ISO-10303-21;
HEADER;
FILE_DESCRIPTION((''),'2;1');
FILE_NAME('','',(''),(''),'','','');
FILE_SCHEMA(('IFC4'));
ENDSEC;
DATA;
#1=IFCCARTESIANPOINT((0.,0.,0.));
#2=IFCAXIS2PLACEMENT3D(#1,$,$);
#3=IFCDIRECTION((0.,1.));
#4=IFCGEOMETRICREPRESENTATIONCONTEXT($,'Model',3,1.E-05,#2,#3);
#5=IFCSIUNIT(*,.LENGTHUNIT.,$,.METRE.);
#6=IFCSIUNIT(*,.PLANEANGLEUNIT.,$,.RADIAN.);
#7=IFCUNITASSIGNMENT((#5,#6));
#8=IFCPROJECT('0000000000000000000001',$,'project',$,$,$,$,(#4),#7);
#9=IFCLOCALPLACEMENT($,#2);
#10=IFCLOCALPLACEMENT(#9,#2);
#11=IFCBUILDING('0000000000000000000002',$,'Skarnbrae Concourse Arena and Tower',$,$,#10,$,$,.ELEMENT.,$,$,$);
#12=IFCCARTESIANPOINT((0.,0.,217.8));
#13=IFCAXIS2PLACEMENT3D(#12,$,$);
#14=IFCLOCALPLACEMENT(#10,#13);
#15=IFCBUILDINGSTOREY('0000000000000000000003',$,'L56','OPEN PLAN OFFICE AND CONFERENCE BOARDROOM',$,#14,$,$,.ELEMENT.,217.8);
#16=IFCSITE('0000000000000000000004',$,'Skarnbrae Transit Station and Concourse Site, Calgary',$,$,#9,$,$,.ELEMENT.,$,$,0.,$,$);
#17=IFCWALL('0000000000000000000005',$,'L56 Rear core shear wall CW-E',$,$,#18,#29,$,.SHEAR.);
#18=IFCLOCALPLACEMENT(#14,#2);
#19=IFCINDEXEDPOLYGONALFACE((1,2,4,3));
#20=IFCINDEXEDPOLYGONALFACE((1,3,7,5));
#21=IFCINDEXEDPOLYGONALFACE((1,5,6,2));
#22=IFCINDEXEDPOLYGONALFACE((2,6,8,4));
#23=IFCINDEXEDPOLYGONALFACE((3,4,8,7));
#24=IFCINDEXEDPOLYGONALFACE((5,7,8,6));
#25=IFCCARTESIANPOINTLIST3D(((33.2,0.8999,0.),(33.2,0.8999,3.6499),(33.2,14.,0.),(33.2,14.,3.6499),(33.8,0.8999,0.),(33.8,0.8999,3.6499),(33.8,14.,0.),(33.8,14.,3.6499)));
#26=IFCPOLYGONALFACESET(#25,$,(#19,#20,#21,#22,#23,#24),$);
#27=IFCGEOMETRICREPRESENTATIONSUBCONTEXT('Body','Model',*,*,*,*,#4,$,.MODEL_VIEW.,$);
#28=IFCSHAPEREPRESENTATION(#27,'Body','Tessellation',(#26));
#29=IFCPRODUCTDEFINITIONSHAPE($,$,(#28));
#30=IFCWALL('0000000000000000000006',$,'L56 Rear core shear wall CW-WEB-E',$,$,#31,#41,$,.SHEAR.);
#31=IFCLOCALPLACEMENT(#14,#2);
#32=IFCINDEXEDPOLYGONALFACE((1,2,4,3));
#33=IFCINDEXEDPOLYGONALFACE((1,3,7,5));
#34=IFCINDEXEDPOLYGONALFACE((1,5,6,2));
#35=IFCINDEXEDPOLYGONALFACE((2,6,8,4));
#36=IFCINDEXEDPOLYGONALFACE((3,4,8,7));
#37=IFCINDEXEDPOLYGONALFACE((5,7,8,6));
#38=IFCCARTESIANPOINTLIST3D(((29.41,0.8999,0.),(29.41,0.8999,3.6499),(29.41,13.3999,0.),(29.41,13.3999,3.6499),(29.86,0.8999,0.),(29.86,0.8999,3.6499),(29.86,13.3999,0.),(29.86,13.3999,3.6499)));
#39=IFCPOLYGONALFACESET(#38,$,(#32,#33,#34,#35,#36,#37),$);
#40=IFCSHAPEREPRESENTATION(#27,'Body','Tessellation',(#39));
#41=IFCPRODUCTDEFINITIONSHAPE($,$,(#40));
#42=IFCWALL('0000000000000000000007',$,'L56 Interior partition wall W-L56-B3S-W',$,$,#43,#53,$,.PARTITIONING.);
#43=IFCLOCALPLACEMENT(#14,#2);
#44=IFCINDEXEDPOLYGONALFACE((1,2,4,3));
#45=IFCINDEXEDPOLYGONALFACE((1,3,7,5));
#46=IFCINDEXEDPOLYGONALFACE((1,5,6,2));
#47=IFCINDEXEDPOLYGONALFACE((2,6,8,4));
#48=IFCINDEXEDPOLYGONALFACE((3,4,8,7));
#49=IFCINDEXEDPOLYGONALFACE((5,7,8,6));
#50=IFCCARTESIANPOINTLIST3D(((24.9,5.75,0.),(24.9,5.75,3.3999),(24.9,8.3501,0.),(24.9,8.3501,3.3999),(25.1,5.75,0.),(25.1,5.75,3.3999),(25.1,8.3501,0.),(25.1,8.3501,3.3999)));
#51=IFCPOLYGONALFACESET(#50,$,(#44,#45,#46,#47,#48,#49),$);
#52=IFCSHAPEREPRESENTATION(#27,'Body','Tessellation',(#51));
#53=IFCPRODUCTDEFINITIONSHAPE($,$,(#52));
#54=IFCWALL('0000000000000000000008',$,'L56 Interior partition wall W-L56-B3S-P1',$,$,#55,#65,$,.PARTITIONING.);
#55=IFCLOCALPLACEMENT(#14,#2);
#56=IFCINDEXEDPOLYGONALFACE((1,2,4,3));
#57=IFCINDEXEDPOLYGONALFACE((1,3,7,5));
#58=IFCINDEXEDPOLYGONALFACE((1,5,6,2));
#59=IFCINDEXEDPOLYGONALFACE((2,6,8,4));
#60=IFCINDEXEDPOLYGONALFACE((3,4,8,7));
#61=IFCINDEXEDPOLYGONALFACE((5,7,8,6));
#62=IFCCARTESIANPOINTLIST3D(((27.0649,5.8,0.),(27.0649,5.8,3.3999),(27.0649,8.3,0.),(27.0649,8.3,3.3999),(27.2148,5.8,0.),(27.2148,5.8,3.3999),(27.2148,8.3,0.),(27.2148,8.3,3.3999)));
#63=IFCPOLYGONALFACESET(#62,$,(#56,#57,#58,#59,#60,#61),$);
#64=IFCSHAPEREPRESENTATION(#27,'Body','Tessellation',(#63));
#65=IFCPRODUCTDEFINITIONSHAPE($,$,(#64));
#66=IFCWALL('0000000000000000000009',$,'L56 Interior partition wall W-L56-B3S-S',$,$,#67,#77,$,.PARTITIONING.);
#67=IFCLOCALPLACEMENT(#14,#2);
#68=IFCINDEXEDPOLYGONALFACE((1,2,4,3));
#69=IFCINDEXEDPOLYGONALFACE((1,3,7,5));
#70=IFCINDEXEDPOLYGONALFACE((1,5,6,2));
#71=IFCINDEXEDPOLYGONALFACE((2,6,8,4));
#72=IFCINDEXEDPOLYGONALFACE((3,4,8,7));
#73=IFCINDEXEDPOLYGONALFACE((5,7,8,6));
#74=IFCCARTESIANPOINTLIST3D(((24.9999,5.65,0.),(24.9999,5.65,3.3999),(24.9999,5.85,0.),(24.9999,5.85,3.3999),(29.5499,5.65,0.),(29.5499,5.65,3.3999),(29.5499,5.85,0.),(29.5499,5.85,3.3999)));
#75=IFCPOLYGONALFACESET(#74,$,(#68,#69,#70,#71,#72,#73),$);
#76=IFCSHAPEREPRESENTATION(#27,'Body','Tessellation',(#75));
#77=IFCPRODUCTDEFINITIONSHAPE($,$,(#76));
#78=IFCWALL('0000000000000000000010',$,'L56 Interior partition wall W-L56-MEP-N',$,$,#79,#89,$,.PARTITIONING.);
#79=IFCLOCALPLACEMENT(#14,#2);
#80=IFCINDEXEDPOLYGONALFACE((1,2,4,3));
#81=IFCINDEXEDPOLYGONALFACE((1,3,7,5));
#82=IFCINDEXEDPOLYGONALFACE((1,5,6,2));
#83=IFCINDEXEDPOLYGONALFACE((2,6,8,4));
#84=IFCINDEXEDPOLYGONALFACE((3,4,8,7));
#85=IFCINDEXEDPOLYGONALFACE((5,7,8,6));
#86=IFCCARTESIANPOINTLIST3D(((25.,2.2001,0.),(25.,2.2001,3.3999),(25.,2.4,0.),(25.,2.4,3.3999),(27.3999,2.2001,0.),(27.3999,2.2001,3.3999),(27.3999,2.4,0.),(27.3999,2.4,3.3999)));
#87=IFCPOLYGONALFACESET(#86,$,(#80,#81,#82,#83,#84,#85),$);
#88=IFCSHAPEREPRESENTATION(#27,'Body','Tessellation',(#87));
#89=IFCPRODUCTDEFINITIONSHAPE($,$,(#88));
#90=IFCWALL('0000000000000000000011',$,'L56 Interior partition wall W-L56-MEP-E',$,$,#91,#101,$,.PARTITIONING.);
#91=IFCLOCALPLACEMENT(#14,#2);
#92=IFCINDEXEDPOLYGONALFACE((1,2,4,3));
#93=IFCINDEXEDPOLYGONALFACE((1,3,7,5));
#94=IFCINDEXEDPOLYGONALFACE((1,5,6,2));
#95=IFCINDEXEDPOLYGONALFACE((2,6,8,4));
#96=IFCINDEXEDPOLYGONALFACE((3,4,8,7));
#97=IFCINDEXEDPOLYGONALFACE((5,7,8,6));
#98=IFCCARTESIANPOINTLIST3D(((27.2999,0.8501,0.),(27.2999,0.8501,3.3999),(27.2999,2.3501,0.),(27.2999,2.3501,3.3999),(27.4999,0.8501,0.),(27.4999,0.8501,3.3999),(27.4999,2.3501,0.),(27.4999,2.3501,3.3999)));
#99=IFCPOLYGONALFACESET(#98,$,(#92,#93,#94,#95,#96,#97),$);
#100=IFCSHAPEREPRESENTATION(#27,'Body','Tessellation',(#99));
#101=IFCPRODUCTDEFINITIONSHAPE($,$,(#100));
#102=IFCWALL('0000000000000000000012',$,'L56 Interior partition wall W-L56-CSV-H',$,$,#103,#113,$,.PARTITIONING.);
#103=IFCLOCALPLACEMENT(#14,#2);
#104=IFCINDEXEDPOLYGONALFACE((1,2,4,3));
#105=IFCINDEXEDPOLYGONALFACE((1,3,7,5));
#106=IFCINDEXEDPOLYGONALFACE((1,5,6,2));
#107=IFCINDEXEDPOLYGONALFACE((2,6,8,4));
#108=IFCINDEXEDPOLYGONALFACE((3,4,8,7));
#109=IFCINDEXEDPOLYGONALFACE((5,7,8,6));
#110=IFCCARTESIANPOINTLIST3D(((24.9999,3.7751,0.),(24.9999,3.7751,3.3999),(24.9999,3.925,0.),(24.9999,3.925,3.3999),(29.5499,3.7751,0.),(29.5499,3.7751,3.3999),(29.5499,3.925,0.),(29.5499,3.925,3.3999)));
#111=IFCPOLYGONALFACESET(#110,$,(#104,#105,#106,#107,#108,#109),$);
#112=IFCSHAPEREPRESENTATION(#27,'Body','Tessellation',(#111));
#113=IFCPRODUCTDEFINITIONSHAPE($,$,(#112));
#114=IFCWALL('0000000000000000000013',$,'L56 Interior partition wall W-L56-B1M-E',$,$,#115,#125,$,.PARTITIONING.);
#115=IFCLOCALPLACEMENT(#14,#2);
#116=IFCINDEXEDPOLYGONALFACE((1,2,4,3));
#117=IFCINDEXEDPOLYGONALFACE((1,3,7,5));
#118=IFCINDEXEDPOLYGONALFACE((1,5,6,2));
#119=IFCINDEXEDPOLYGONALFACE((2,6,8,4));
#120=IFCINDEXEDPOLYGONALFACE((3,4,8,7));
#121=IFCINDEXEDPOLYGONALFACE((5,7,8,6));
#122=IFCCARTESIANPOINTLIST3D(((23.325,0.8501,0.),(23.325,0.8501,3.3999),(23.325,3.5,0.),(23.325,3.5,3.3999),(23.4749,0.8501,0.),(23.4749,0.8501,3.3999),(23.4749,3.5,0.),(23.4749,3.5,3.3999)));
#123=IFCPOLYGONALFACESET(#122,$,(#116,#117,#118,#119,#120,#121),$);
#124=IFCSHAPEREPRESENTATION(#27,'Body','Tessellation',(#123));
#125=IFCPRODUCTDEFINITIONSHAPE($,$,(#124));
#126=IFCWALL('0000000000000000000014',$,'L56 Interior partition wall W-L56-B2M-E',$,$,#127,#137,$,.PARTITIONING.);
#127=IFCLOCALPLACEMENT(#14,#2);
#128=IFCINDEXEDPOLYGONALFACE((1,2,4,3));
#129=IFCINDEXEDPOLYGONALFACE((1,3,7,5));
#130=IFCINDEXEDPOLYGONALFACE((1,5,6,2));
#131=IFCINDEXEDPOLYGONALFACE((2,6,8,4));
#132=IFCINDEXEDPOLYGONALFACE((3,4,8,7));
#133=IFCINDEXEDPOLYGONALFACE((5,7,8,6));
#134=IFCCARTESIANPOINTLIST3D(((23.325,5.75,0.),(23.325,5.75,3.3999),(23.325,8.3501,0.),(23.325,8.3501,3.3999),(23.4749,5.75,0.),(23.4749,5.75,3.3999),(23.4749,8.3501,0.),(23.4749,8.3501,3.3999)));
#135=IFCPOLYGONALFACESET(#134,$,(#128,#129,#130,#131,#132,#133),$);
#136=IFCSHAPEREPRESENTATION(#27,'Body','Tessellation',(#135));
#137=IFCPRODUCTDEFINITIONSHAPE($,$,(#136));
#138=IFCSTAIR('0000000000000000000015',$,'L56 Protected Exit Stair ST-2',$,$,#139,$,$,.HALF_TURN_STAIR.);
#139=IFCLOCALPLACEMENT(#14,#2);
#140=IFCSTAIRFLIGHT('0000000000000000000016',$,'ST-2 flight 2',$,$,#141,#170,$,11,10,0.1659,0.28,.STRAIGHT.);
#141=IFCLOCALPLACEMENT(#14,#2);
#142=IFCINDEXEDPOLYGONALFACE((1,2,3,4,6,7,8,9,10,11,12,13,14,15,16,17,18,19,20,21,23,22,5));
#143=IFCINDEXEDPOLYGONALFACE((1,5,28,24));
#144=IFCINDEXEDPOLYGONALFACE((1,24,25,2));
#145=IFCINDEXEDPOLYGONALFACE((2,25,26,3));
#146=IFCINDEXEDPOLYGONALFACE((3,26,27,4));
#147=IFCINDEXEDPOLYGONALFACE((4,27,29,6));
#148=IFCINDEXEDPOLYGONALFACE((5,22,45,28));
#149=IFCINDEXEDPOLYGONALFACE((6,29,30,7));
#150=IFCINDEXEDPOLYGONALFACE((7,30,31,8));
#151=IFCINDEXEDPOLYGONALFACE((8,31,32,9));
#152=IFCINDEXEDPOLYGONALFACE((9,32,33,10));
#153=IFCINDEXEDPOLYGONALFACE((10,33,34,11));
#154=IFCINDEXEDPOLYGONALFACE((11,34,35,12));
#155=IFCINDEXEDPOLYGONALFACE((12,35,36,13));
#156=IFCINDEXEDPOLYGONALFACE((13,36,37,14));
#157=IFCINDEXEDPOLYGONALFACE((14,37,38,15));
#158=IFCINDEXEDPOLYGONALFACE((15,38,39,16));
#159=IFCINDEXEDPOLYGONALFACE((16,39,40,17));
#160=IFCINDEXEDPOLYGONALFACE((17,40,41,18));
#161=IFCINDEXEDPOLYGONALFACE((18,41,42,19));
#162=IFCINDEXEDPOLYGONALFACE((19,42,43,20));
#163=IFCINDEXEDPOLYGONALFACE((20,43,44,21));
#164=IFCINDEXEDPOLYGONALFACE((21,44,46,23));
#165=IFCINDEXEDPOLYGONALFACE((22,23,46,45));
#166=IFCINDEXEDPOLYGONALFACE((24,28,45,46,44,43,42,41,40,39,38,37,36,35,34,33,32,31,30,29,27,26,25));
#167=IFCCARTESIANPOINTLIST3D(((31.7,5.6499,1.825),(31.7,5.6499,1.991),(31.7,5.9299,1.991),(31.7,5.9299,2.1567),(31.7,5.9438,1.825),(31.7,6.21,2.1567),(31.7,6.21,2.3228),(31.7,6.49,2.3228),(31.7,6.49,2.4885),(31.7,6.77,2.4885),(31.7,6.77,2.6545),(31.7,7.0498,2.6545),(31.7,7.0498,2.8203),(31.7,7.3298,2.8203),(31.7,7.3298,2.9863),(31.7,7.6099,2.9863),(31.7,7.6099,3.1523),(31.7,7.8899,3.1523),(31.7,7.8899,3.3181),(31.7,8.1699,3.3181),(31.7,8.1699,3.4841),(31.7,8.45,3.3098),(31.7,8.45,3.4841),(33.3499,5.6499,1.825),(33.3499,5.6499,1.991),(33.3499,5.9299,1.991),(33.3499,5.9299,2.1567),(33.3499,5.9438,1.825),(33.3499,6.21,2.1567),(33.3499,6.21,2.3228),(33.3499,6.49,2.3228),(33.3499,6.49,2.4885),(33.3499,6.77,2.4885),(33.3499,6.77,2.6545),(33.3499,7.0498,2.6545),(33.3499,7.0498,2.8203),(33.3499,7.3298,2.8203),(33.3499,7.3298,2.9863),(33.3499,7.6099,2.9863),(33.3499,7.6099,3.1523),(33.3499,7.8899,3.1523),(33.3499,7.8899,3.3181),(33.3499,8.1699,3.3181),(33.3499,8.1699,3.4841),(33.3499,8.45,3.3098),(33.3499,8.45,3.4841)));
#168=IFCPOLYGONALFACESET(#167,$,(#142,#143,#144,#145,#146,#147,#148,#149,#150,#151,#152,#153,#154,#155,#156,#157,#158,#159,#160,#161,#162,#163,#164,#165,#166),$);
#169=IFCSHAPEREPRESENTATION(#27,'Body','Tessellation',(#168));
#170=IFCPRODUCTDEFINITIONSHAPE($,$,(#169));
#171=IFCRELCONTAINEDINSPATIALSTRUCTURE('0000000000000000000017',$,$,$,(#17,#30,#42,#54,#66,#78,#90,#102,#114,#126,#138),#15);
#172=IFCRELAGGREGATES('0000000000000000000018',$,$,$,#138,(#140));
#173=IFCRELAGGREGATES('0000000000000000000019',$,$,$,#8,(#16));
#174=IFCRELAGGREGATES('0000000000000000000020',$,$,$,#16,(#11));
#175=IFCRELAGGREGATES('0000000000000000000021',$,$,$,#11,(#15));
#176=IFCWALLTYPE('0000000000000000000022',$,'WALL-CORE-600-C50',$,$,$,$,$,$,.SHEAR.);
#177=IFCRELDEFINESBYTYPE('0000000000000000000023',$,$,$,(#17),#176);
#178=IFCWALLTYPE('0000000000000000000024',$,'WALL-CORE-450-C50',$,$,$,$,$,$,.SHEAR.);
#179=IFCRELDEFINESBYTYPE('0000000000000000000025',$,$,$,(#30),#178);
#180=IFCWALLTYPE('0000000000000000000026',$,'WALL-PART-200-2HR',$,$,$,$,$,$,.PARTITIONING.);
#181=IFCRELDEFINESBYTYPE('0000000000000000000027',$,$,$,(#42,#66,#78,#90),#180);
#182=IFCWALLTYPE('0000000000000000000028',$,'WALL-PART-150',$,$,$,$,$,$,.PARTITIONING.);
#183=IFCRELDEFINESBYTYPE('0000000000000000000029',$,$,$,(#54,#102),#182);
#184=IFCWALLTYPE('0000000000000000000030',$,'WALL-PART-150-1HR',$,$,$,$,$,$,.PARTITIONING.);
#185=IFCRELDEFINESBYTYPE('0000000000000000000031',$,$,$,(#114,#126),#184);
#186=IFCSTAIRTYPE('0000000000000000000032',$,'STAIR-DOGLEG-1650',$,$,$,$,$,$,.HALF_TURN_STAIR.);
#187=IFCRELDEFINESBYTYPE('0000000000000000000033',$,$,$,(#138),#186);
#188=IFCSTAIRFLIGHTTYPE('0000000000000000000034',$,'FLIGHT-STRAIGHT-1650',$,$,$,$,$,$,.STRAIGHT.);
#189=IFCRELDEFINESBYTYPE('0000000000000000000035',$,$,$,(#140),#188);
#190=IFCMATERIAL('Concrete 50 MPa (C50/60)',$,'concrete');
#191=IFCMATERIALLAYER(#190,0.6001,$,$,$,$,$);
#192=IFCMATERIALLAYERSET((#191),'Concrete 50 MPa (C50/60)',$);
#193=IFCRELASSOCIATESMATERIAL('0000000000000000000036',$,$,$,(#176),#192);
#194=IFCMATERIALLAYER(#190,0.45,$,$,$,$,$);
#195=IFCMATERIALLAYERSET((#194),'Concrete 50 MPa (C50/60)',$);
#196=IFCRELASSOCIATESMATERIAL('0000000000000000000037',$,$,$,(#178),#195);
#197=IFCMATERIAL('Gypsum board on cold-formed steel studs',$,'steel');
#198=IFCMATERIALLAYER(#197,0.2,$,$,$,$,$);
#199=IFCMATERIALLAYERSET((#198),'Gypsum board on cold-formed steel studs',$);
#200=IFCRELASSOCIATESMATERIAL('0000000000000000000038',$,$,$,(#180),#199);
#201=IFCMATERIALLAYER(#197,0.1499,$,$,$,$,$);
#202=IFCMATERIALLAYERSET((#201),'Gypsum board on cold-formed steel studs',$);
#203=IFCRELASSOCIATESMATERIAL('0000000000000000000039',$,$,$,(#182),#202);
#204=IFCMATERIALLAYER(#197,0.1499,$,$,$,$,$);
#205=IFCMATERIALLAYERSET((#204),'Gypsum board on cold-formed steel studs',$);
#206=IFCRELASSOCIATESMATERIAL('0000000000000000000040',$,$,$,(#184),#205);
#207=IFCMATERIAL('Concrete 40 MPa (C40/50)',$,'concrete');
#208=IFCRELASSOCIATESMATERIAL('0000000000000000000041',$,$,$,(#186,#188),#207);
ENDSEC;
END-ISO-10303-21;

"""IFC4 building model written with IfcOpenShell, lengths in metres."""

from ifc_helpers import new_model, si_unit, direction, frame, frame_2d, origin, place, context, subcontext, project, spatial, polyline, rectangle, outline, extrude, source, transform, mapped, material, layer, layer_set, type_object, element, aggregate, save


model = new_model("IFC4")

# Units and contexts
model_context = context("Model", 3, precision=1e-05, world=origin(), true_north=direction((0.0, 1.0)))
body_context = subcontext(model_context, "Body", "Model", "MODEL_VIEW")
ifc_project = project(units=[si_unit("LENGTHUNIT", "METRE"), si_unit("PLANEANGLEUNIT", "RADIAN")], contexts=[model_context])

# Site, building, storey
site_placement = place(None, origin())
site = spatial("IfcSite", under=ifc_project, at=site_placement, Name="Skarnbrae Transit Station and Concourse Site, Calgary", CompositionType="ELEMENT", RefElevation=0.0)
building_placement = place(site_placement, origin())
building = spatial("IfcBuilding", under=site, at=building_placement, Name="Skarnbrae Concourse Arena and Tower", CompositionType="ELEMENT")
storey_placement = place(building_placement, frame((0.0, 0.0, 217.8)))
storey = spatial("IfcBuildingStorey", under=building, at=storey_placement, Name="L56", Description="OPEN PLAN OFFICE AND CONFERENCE BOARDROOM", CompositionType="ELEMENT", Elevation=217.8)

# Walls
ifc_material_1 = material(Name="Concrete 50 MPa (C50/60)", Category="concrete")
ifc_layer_1 = layer(ifc_material_1, 0.6001)
ifc_layer_set_1 = layer_set([ifc_layer_1], Name="Concrete 50 MPa (C50/60)")
wall_type_1 = type_object("IfcWallType", Name="WALL-CORE-600-C50", PredefinedType="SHEAR", material=ifc_layer_set_1)
shared_shape_1 = source(origin(), body_context, "Body", "SweptSolid", [
    extrude(rectangle(XDim=13.1001, YDim=0.6001, at=frame_2d((6.55, 0.0))), origin(), (0.0, 0.0, 1.0), 3.6499),
])
wall_1_placement = place(storey_placement, frame((33.5, 0.8999, 0.0), z_axis=(0.0, 0.0, 1.0), x_axis=(0.0, 1.0, 0.0)))
element("IfcWall", 1, at=wall_1_placement, inside=storey, type_object=wall_type_1, Name="L56 Rear core shear wall CW-E", PredefinedType="SHEAR", context=body_context, shape_type="MappedRepresentation", body=[
    mapped(shared_shape_1, transform((0.0, 0.0, 0.0))),
])
ifc_layer_2 = layer(ifc_material_1, 0.45)
ifc_layer_set_2 = layer_set([ifc_layer_2], Name="Concrete 50 MPa (C50/60)")
wall_type_2 = type_object("IfcWallType", Name="WALL-CORE-450-C50", PredefinedType="SHEAR", material=ifc_layer_set_2)
shared_shape_2 = source(origin(), body_context, "Body", "SweptSolid", [
    extrude(rectangle(XDim=12.5, YDim=0.45, at=frame_2d((6.25, 0.0))), origin(), (0.0, 0.0, 1.0), 3.6499),
])
wall_2_placement = place(storey_placement, frame((29.635, 0.8999, 0.0), z_axis=(0.0, 0.0, 1.0), x_axis=(0.0, 1.0, 0.0)))
element("IfcWall", 2, at=wall_2_placement, inside=storey, type_object=wall_type_2, Name="L56 Rear core shear wall CW-WEB-E", PredefinedType="SHEAR", context=body_context, shape_type="MappedRepresentation", body=[
    mapped(shared_shape_2, transform((0.0, 0.0, 0.0))),
])
ifc_material_2 = material(Name="Gypsum board on cold-formed steel studs", Category="steel")
ifc_layer_3 = layer(ifc_material_2, 0.2)
ifc_layer_set_3 = layer_set([ifc_layer_3], Name="Gypsum board on cold-formed steel studs")
wall_type_3 = type_object("IfcWallType", Name="WALL-PART-200-2HR", PredefinedType="PARTITIONING", material=ifc_layer_set_3)
shared_shape_3 = source(origin(), body_context, "Body", "SweptSolid", [
    extrude(rectangle(XDim=2.6001, YDim=0.2, at=frame_2d((1.3, 0.0))), origin(), (0.0, 0.0, 1.0), 3.3999),
])
wall_3_placement = place(storey_placement, frame((25.0, 5.75, 0.0), z_axis=(0.0, 0.0, 1.0), x_axis=(0.0, 1.0, 0.0)))
element("IfcWall", 3, at=wall_3_placement, inside=storey, type_object=wall_type_3, Name="L56 Interior partition wall W-L56-B3S-W", PredefinedType="PARTITIONING", context=body_context, shape_type="MappedRepresentation", body=[
    mapped(shared_shape_3, transform((0.0, 0.0, 0.0))),
])
ifc_layer_4 = layer(ifc_material_2, 0.1499)
ifc_layer_set_4 = layer_set([ifc_layer_4], Name="Gypsum board on cold-formed steel studs")
wall_type_4 = type_object("IfcWallType", Name="WALL-PART-150", PredefinedType="PARTITIONING", material=ifc_layer_set_4)
shared_shape_4 = source(origin(), body_context, "Body", "SweptSolid", [
    extrude(rectangle(XDim=2.5, YDim=0.1499, at=frame_2d((1.25, 0.0))), origin(), (0.0, 0.0, 1.0), 3.3999),
])
wall_4_placement = place(storey_placement, frame((27.1399, 5.8, 0.0), z_axis=(0.0, 0.0, 1.0), x_axis=(0.0, 1.0, 0.0)))
element("IfcWall", 4, at=wall_4_placement, inside=storey, type_object=wall_type_4, Name="L56 Interior partition wall W-L56-B3S-P1", PredefinedType="PARTITIONING", context=body_context, shape_type="MappedRepresentation", body=[
    mapped(shared_shape_4, transform((0.0, 0.0, 0.0))),
])

# Shared definitions
shared_shape_5 = source(origin(), body_context, "Body", "SweptSolid", [
    extrude(rectangle(XDim=4.55, YDim=0.2, at=frame_2d((2.2749, 0.0))), origin(), (0.0, 0.0, 1.0), 3.3999),
])

# Wall
wall_5_placement = place(storey_placement, frame((25.0, 5.75, 0.0), z_axis=(0.0, 0.0, 1.0), x_axis=(1.0, 0.0, 0.0)))
element("IfcWall", 5, at=wall_5_placement, inside=storey, type_object=wall_type_3, Name="L56 Interior partition wall W-L56-B3S-S", PredefinedType="PARTITIONING", context=body_context, shape_type="MappedRepresentation", body=[
    mapped(shared_shape_5, transform((0.0, 0.0, 0.0))),
])

# Shared definitions
ifc_layer_5 = layer(ifc_material_2, 0.1499)
ifc_layer_set_5 = layer_set([ifc_layer_5], Name="Gypsum board on cold-formed steel studs")
wall_type_5 = type_object("IfcWallType", Name="WALL-PART-150-1HR", PredefinedType="PARTITIONING", material=ifc_layer_set_5)

# Walls
shared_shape_6 = source(origin(), body_context, "Body", "SweptSolid", [
    extrude(rectangle(XDim=2.3999, YDim=0.2, at=frame_2d((1.2, 0.0))), origin(), (0.0, 0.0, 1.0), 3.3999),
])
wall_6_placement = place(storey_placement, frame((25.0, 2.3, 0.0), z_axis=(0.0, 0.0, 1.0), x_axis=(1.0, 0.0, 0.0)))
element("IfcWall", 6, at=wall_6_placement, inside=storey, type_object=wall_type_3, Name="L56 Interior partition wall W-L56-MEP-N", PredefinedType="PARTITIONING", context=body_context, shape_type="MappedRepresentation", body=[
    mapped(shared_shape_6, transform((0.0, 0.0, 0.0))),
])
shared_shape_7 = source(origin(), body_context, "Body", "SweptSolid", [
    extrude(rectangle(XDim=1.5, YDim=0.2, at=frame_2d((0.75, 0.0))), origin(), (0.0, 0.0, 1.0), 3.3999),
])
wall_7_placement = place(storey_placement, frame((27.3999, 0.8501, 0.0), z_axis=(0.0, 0.0, 1.0), x_axis=(0.0, 1.0, 0.0)))
element("IfcWall", 7, at=wall_7_placement, inside=storey, type_object=wall_type_3, Name="L56 Interior partition wall W-L56-MEP-E", PredefinedType="PARTITIONING", context=body_context, shape_type="MappedRepresentation", body=[
    mapped(shared_shape_7, transform((0.0, 0.0, 0.0))),
])
shared_shape_8 = source(origin(), body_context, "Body", "SweptSolid", [
    extrude(rectangle(XDim=4.55, YDim=0.1499, at=frame_2d((2.2749, 0.0))), origin(), (0.0, 0.0, 1.0), 3.3999),
])
wall_8_placement = place(storey_placement, frame((25.0, 3.8501, 0.0), z_axis=(0.0, 0.0, 1.0), x_axis=(1.0, 0.0, 0.0)))
element("IfcWall", 8, at=wall_8_placement, inside=storey, type_object=wall_type_4, Name="L56 Interior partition wall W-L56-CSV-H", PredefinedType="PARTITIONING", context=body_context, shape_type="MappedRepresentation", body=[
    mapped(shared_shape_8, transform((0.0, 0.0, 0.0))),
])
shared_shape_9 = source(origin(), body_context, "Body", "SweptSolid", [
    extrude(rectangle(XDim=2.6499, YDim=0.1499, at=frame_2d((1.325, 0.0))), origin(), (0.0, 0.0, 1.0), 3.3999),
])
wall_9_placement = place(storey_placement, frame((23.3999, 0.8501, 0.0), z_axis=(0.0, 0.0, 1.0), x_axis=(0.0, 1.0, 0.0)))
element("IfcWall", 9, at=wall_9_placement, inside=storey, type_object=wall_type_5, Name="L56 Interior partition wall W-L56-B1M-E", PredefinedType="PARTITIONING", context=body_context, shape_type="MappedRepresentation", body=[
    mapped(shared_shape_9, transform((0.0, 0.0, 0.0))),
])
shared_shape_10 = source(origin(), body_context, "Body", "SweptSolid", [
    extrude(rectangle(XDim=2.6001, YDim=0.1499, at=frame_2d((1.3, 0.0))), origin(), (0.0, 0.0, 1.0), 3.3999),
])
wall_10_placement = place(storey_placement, frame((23.3999, 5.75, 0.0), z_axis=(0.0, 0.0, 1.0), x_axis=(0.0, 1.0, 0.0)))
element("IfcWall", 10, at=wall_10_placement, inside=storey, type_object=wall_type_5, Name="L56 Interior partition wall W-L56-B2M-E", PredefinedType="PARTITIONING", context=body_context, shape_type="MappedRepresentation", body=[
    mapped(shared_shape_10, transform((0.0, 0.0, 0.0))),
])

# Stair, stair flight
ifc_material_3 = material(Name="Concrete 40 MPa (C40/50)", Category="concrete")
stair_type = type_object("IfcStairType", Name="STAIR-DOGLEG-1650", PredefinedType="HALF_TURN_STAIR", material=ifc_material_3)
stair_placement = place(storey_placement, origin())
stair = element("IfcStair", 11, at=stair_placement, inside=storey, type_object=stair_type, Name="L56 Protected Exit Stair ST-2", PredefinedType="HALF_TURN_STAIR")
stair_flight_type = type_object("IfcStairFlightType", Name="FLIGHT-STRAIGHT-1650", PredefinedType="STRAIGHT", material=ifc_material_3)
shared_shape_11 = source(origin(), body_context, "Body", "SweptSolid", [
    extrude(outline(polyline([(0.0, 0.0), (0.0, 0.166), (0.28, 0.166), (0.28, 0.3318), (0.5601, 0.3318), (0.5601, 0.4978), (0.8401, 0.4978), (0.8401, 0.6636), (1.1201, 0.6636), (1.1201, 0.8296), (1.3999, 0.8296), (1.3999, 0.9954), (1.6799, 0.9954), (1.6799, 1.1614), (1.96, 1.1614), (1.96, 1.3274), (2.24, 1.3274), (2.24, 1.4932), (2.52, 1.4932), (2.52, 1.6592), (2.8, 1.6592), (2.8, 1.825), (2.8, 1.4849), (0.2939, 0.0), (0.0, 0.0)])), frame((0.0, 0.825, 0.0), z_axis=(0.0, -1.0, 0.0), x_axis=(1.0, 0.0, 0.0)), (0.0, 0.0, 1.0), 1.6499),
])
stair_flight_placement = place(storey_placement, frame((32.5249, 5.6499, 1.825), z_axis=(0.0, 0.0, 1.0), x_axis=(0.0, 1.0, 0.0)))
stair_flight = element("IfcStairFlight", 12, at=stair_flight_placement, type_object=stair_flight_type, Name="ST-2 flight 2", NumberOfRisers=11, NumberOfTreads=10, PredefinedType="STRAIGHT", RiserHeight=0.1659, TreadLength=0.28, context=body_context, shape_type="MappedRepresentation", body=[
    mapped(shared_shape_11, transform((0.0, 0.0, 0.0))),
])
aggregate(stair, [stair_flight])

save(model, "model.ifc")
